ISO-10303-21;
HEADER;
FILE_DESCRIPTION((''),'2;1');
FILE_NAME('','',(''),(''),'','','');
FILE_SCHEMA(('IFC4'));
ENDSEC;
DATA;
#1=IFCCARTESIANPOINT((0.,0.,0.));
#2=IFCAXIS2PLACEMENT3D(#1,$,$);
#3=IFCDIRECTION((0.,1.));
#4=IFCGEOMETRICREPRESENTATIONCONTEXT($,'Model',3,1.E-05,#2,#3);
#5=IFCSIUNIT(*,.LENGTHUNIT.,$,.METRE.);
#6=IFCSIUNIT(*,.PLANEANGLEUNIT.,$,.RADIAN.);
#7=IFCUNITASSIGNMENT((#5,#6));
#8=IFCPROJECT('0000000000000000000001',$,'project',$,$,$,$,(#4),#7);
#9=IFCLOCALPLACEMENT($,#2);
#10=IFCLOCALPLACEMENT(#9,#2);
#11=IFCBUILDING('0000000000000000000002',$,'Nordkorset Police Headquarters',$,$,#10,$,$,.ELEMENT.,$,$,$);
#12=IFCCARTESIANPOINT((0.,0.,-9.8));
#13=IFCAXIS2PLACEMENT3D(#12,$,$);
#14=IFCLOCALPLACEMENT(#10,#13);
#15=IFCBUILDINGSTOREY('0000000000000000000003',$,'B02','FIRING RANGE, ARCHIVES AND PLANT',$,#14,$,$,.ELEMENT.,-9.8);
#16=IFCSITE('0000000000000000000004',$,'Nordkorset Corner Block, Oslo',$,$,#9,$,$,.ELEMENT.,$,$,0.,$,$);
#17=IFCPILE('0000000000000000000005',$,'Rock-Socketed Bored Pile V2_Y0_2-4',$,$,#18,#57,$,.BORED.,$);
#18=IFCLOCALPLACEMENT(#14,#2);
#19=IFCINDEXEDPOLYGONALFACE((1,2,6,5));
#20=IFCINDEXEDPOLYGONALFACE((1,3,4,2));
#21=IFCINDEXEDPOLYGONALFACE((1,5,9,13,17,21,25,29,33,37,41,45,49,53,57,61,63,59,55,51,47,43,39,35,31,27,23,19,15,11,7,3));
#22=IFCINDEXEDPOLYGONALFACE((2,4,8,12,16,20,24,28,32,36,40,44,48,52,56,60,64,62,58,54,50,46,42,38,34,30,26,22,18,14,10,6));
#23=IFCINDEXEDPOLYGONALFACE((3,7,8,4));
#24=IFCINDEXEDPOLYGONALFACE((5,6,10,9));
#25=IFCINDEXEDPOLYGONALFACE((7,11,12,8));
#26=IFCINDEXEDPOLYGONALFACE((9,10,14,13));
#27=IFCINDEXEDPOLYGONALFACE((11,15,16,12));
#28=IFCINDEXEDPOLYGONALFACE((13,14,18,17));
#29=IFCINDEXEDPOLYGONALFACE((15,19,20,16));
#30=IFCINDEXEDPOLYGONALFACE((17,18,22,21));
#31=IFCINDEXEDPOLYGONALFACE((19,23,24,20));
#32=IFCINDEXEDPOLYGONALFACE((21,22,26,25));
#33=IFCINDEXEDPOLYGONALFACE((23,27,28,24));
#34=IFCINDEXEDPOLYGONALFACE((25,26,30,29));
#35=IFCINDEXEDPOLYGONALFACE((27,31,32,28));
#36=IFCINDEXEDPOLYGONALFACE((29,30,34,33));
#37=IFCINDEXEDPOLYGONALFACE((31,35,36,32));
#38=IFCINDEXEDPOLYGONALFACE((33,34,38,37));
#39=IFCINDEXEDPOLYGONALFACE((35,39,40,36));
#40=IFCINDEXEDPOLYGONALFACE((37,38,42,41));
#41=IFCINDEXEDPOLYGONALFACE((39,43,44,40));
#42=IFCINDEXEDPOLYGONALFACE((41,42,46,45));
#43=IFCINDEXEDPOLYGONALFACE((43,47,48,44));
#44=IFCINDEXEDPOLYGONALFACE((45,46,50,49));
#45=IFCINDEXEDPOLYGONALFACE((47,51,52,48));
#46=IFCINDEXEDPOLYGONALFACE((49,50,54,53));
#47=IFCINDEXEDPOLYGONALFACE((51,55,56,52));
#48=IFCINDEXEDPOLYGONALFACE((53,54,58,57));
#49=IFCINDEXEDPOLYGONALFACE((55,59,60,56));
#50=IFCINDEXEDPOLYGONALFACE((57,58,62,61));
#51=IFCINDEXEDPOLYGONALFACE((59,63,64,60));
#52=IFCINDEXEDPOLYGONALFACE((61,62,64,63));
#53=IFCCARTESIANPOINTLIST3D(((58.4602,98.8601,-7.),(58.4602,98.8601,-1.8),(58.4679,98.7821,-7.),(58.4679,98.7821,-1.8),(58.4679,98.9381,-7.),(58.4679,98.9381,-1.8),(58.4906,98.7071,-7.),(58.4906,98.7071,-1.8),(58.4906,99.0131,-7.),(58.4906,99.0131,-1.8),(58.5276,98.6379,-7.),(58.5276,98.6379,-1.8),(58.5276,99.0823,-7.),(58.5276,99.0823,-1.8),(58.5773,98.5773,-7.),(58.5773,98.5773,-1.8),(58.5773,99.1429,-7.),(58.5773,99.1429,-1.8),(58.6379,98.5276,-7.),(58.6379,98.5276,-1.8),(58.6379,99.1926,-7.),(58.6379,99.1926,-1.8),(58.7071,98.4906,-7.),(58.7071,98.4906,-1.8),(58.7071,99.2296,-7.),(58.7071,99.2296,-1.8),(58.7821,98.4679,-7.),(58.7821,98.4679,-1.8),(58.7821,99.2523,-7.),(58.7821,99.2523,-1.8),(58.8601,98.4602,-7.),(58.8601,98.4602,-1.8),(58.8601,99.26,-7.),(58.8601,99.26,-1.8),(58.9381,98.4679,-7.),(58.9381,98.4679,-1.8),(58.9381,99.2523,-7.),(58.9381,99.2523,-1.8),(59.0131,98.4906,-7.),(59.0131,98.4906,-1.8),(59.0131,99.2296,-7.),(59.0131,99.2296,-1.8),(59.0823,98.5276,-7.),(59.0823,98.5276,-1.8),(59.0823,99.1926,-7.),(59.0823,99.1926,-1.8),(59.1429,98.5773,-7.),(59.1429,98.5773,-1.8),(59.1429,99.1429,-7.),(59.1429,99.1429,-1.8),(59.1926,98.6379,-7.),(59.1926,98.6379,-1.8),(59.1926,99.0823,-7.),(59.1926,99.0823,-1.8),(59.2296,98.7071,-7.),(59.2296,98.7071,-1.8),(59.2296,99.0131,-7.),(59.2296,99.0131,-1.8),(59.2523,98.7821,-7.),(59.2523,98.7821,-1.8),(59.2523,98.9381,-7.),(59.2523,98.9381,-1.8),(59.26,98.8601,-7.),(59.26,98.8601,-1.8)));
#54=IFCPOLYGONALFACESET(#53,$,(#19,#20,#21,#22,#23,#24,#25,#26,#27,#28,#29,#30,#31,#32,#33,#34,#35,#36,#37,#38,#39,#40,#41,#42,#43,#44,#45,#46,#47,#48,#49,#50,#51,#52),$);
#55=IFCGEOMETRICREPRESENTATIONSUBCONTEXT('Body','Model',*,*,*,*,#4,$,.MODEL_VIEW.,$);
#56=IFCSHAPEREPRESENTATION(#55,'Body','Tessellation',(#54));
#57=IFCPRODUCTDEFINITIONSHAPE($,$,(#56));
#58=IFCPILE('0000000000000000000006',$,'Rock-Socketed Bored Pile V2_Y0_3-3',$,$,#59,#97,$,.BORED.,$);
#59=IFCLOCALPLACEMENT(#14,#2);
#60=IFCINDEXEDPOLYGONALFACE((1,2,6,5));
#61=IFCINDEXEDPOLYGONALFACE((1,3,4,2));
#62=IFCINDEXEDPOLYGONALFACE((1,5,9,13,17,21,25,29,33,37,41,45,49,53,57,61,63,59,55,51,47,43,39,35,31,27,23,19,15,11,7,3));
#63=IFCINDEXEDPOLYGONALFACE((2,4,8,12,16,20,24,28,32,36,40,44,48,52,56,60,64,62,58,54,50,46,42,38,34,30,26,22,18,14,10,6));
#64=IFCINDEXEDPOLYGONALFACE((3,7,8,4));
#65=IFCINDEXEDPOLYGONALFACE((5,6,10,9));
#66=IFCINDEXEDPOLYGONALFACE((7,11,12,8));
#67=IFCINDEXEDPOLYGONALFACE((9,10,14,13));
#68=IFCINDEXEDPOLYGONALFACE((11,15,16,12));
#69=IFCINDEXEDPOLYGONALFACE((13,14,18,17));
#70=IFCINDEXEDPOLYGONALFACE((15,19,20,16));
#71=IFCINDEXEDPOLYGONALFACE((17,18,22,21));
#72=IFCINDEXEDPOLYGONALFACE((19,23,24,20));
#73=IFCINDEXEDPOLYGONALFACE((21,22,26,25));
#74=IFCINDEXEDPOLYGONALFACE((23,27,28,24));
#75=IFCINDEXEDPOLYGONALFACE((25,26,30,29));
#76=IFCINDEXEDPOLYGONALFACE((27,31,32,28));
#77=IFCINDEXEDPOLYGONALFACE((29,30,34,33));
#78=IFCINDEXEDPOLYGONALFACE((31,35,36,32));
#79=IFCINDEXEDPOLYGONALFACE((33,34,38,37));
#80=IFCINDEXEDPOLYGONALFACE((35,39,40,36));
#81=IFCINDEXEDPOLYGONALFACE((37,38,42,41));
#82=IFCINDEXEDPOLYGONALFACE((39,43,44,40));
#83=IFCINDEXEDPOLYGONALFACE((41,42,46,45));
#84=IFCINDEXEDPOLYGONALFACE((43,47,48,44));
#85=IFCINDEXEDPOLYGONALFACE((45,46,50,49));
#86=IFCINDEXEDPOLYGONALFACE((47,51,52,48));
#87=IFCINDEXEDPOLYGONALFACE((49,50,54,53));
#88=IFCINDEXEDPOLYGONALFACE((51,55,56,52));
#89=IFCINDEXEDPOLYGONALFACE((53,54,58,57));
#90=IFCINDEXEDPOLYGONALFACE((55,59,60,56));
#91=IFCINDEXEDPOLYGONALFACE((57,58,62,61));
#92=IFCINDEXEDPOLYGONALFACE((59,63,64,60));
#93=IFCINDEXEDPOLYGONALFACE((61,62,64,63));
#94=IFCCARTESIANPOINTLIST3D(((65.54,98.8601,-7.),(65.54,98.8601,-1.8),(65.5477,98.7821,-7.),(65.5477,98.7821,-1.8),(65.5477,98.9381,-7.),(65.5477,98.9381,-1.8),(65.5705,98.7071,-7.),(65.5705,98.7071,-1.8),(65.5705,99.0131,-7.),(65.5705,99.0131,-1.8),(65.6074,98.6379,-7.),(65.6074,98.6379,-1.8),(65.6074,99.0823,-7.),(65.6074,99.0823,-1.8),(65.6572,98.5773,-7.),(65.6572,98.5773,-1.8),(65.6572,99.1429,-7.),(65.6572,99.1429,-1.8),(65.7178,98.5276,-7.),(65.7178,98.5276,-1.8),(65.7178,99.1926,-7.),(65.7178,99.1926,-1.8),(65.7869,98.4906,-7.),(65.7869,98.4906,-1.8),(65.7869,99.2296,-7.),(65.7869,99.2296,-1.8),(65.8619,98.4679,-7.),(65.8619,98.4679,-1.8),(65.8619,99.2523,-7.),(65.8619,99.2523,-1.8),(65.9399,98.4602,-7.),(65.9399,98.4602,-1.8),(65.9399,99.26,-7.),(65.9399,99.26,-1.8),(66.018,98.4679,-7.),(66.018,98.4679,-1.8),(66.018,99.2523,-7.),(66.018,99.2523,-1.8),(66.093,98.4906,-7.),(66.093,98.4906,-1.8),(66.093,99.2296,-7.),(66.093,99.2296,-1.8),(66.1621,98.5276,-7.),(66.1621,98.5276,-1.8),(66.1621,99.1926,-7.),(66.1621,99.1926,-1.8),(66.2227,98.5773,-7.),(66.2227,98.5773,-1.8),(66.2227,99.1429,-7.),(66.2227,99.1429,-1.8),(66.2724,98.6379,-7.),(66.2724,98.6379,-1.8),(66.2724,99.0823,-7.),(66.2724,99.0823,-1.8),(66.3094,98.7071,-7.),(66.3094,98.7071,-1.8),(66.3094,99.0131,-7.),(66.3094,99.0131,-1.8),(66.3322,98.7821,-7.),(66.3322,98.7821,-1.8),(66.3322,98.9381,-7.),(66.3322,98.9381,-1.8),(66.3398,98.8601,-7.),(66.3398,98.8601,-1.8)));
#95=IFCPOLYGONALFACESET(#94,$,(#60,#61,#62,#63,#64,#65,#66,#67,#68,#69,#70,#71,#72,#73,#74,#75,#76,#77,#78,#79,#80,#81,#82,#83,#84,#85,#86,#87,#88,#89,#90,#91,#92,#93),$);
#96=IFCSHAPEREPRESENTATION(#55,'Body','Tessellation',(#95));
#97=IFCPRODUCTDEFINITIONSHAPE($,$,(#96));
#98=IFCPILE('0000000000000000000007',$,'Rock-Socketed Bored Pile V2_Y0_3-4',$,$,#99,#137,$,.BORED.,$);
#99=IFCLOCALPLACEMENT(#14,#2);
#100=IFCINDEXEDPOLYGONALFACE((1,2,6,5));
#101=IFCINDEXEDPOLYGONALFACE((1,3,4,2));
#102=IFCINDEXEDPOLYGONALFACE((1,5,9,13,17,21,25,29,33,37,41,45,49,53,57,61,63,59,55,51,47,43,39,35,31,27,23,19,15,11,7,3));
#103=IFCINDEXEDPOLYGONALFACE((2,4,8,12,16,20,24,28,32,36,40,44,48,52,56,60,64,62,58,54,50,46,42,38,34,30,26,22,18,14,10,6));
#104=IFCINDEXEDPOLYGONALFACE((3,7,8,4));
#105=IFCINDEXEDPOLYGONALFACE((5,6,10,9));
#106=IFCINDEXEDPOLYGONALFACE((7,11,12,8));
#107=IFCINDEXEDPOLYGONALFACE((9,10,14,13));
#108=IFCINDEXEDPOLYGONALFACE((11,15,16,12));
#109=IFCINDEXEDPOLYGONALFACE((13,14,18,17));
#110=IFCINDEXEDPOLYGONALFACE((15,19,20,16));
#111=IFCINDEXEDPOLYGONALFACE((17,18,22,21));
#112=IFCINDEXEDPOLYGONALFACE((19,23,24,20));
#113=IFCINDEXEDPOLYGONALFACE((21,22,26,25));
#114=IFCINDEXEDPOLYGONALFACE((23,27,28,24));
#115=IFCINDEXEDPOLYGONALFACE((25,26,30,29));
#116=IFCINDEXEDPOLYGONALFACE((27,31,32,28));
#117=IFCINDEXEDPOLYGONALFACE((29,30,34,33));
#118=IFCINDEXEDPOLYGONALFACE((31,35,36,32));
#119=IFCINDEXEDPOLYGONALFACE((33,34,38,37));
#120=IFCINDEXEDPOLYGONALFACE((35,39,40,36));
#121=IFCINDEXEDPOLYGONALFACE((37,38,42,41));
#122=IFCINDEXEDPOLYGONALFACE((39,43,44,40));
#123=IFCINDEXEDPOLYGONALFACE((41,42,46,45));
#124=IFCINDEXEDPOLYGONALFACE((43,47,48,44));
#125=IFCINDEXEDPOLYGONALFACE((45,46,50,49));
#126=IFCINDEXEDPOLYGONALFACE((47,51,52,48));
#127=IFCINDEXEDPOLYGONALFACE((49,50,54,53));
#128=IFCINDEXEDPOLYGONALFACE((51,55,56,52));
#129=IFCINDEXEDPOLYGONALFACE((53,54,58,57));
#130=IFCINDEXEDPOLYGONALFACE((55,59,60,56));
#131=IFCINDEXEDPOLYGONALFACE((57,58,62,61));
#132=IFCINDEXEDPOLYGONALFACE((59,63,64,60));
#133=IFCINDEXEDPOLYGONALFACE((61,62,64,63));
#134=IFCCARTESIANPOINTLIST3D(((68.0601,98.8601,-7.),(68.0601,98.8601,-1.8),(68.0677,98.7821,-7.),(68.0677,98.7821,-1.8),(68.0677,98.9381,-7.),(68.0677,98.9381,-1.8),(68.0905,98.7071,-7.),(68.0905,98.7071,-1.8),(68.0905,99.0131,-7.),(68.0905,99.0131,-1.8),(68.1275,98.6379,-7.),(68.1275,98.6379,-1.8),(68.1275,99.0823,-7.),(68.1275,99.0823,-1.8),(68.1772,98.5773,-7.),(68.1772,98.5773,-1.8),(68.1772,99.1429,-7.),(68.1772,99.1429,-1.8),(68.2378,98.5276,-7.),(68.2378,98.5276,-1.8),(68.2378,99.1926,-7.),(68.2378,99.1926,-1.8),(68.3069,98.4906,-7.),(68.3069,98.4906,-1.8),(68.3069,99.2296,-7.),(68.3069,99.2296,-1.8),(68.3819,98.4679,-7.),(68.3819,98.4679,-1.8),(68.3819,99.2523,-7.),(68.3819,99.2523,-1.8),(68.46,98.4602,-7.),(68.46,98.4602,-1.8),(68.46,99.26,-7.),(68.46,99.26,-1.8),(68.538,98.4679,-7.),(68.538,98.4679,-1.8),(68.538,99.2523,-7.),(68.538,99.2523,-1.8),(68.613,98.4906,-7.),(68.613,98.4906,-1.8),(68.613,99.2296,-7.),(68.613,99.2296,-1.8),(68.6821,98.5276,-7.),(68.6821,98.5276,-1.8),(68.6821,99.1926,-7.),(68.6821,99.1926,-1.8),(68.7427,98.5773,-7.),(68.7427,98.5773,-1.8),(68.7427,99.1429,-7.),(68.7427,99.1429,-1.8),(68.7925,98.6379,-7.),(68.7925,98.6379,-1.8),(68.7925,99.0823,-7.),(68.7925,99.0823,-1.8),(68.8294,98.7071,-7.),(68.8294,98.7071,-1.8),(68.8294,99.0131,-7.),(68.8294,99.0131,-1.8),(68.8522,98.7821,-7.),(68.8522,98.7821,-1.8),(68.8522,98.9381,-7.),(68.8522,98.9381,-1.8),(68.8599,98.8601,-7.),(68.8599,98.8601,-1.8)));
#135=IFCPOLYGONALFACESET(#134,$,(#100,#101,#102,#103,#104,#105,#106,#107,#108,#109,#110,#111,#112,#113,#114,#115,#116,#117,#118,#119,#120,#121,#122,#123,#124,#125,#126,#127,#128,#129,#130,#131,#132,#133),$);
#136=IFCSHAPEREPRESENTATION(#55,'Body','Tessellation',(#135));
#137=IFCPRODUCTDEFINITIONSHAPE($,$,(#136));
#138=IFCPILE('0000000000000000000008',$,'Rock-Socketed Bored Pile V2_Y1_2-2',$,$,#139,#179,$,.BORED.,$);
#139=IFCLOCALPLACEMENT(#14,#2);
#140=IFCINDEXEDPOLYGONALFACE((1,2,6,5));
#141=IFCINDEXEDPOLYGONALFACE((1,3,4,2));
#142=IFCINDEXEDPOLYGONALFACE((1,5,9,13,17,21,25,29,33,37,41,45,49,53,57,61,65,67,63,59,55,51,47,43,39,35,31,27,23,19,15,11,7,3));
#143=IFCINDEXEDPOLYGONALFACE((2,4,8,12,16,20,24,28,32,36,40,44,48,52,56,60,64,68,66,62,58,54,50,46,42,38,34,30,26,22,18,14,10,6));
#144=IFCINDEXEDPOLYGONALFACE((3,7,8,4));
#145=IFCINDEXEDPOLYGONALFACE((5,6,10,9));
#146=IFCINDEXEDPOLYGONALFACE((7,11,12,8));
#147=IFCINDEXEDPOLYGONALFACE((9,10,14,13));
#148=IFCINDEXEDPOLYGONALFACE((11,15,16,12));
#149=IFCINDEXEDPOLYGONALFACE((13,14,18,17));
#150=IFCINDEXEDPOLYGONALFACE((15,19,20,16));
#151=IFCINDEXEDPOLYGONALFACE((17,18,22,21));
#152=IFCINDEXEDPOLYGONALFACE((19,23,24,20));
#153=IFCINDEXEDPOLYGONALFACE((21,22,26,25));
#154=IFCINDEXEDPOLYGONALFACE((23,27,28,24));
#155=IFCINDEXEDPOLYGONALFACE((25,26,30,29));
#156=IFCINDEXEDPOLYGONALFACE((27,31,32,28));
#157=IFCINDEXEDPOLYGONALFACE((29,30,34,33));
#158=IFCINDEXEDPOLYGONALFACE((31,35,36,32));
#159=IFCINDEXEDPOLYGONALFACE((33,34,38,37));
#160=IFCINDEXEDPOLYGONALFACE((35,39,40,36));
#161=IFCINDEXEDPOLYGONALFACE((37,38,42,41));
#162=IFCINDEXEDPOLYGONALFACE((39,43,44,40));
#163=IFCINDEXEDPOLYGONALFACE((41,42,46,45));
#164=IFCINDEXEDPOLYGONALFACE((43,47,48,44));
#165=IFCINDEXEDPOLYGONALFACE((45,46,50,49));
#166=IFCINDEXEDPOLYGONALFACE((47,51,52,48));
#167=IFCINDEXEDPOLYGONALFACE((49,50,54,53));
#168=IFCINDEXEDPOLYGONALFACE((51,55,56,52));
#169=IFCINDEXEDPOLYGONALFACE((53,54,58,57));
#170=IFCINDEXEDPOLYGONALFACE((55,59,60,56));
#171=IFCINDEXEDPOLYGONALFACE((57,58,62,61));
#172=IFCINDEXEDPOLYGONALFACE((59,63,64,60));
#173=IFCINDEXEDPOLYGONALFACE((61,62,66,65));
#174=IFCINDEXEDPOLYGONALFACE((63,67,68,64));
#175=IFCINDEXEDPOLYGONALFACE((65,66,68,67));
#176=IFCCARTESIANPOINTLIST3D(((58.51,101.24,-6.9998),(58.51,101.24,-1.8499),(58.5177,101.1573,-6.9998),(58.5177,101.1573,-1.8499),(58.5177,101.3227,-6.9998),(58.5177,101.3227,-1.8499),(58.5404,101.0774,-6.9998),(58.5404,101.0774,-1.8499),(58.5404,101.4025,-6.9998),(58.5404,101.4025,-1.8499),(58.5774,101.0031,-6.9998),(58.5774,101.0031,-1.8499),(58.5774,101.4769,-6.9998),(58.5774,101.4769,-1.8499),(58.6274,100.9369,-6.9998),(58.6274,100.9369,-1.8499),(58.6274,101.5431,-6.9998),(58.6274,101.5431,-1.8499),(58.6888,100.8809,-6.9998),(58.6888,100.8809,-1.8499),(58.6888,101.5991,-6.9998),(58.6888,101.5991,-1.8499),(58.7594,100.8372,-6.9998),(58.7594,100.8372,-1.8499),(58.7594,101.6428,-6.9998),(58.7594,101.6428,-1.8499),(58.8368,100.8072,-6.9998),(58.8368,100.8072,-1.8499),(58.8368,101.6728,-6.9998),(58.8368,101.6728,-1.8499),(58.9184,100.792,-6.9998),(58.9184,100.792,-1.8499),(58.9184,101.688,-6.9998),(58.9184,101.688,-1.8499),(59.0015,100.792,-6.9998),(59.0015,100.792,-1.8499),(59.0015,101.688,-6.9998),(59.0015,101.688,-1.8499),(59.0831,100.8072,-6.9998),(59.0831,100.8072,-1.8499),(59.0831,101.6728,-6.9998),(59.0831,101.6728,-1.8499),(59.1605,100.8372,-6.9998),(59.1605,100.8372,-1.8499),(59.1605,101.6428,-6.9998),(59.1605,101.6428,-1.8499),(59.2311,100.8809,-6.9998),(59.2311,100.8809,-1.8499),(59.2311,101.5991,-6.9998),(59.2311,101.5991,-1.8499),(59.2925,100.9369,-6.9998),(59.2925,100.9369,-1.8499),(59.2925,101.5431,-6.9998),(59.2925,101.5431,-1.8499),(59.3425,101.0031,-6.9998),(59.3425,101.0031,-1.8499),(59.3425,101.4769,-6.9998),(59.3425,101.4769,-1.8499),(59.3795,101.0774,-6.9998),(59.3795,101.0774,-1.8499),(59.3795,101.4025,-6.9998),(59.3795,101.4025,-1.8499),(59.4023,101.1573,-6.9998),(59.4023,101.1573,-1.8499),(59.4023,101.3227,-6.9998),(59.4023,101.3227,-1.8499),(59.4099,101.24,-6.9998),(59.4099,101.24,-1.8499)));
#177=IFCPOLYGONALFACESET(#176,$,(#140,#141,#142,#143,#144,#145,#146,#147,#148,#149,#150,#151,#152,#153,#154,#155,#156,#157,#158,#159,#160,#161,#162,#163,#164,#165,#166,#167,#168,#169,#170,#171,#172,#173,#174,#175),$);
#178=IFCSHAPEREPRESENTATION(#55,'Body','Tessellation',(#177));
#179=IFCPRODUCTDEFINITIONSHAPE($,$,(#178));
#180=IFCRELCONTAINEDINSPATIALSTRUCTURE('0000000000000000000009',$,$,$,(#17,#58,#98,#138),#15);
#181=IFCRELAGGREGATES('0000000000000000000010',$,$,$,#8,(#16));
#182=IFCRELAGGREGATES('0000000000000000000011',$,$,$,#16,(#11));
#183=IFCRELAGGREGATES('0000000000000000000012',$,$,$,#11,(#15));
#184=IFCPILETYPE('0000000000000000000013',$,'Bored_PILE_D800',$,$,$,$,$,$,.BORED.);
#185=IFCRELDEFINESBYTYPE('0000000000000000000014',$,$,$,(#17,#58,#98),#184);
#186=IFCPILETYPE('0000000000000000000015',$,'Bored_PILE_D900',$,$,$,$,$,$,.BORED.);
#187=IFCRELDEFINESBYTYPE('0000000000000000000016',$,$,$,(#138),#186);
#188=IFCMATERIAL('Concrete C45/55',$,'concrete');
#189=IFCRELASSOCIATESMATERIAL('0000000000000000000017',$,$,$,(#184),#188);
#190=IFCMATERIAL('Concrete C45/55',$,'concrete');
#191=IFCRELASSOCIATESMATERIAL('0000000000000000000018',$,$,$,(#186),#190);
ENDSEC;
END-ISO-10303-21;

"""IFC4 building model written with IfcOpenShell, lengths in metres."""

from ifc_helpers import new_model, si_unit, direction, frame, origin, origin_2d, place, context, subcontext, project, spatial, circle, extrude, material, material_profile, profile_set, type_object, element, save


model = new_model("IFC4")

# Units and contexts
model_context = context("Model", 3, precision=1e-05, world=origin(), true_north=direction((0.0, 1.0)))
body_context = subcontext(model_context, "Body", "Model", "MODEL_VIEW")
ifc_project = project(units=[si_unit("LENGTHUNIT", "METRE"), si_unit("PLANEANGLEUNIT", "RADIAN")], contexts=[model_context])

# Site, building, storey
site_placement = place(None, origin())
site = spatial("IfcSite", under=ifc_project, at=site_placement, Name="Nordkorset Corner Block, Oslo", CompositionType="ELEMENT", RefElevation=0.0)
building_placement = place(site_placement, origin())
building = spatial("IfcBuilding", under=site, at=building_placement, Name="Nordkorset Police Headquarters", CompositionType="ELEMENT")
storey_placement = place(building_placement, frame((0.0, 0.0, -9.8)))
storey = spatial("IfcBuildingStorey", under=building, at=storey_placement, Name="B02", Description="FIRING RANGE, ARCHIVES AND PLANT", CompositionType="ELEMENT", Elevation=-9.8)

# Piles
ifc_material_1 = material(Name="Concrete C45/55", Category="concrete")
ifc_material_profile_1 = material_profile(ifc_material_1, circle(Radius=0.3999, at=origin_2d()), Name="PILE D800")
ifc_profile_set_1 = profile_set([ifc_material_profile_1], Name="Concrete C45/55")
pile_type_1 = type_object("IfcPileType", Name="Bored_PILE_D800", PredefinedType="BORED", material=ifc_profile_set_1)
for number, where, z_axis, x_axis, name in (
    (1, (58.8601, 98.8601, -1.8), (0.0, 0.0, -1.0), (1.0, 0.0, 0.0), "Rock-Socketed Bored Pile V2_Y0_2-4"),
    (2, (65.9399, 98.8601, -1.8), (0.0, 0.0, -1.0), (1.0, 0.0, 0.0), "Rock-Socketed Bored Pile V2_Y0_3-3"),
    (3, (68.46, 98.8601, -1.8), (0.0, 0.0, -1.0), (1.0, 0.0, 0.0), "Rock-Socketed Bored Pile V2_Y0_3-4"),
):
    element("IfcPile", number, at=place(storey_placement, frame(where, z_axis=z_axis, x_axis=x_axis)), inside=storey, type_object=pile_type_1, Name=name, PredefinedType="BORED", context=body_context, shape_type="SweptSolid", body=[
        extrude(circle(Radius=0.3999, at=origin_2d()), origin(), (0.0, 0.0, 1.0), 5.2),
    ])
ifc_material_2 = material(Name="Concrete C45/55", Category="concrete")
ifc_material_profile_2 = material_profile(ifc_material_2, circle(Radius=0.45, at=origin_2d()), Name="PILE D900")
ifc_profile_set_2 = profile_set([ifc_material_profile_2], Name="Concrete C45/55")
pile_type_2 = type_object("IfcPileType", Name="Bored_PILE_D900", PredefinedType="BORED", material=ifc_profile_set_2)
for number, where, z_axis, x_axis, name in (
    (4, (58.96, 101.24, -1.8499), (0.0, 0.0, -1.0), (1.0, 0.0, 0.0), "Rock-Socketed Bored Pile V2_Y1_2-2"),
):
    element("IfcPile", number, at=place(storey_placement, frame(where, z_axis=z_axis, x_axis=x_axis)), inside=storey, type_object=pile_type_2, Name=name, PredefinedType="BORED", context=body_context, shape_type="SweptSolid", body=[
        extrude(circle(Radius=0.45, at=origin_2d()), origin(), (0.0, 0.0, 1.0), 5.1499),
    ])

save(model, "model.ifc")
